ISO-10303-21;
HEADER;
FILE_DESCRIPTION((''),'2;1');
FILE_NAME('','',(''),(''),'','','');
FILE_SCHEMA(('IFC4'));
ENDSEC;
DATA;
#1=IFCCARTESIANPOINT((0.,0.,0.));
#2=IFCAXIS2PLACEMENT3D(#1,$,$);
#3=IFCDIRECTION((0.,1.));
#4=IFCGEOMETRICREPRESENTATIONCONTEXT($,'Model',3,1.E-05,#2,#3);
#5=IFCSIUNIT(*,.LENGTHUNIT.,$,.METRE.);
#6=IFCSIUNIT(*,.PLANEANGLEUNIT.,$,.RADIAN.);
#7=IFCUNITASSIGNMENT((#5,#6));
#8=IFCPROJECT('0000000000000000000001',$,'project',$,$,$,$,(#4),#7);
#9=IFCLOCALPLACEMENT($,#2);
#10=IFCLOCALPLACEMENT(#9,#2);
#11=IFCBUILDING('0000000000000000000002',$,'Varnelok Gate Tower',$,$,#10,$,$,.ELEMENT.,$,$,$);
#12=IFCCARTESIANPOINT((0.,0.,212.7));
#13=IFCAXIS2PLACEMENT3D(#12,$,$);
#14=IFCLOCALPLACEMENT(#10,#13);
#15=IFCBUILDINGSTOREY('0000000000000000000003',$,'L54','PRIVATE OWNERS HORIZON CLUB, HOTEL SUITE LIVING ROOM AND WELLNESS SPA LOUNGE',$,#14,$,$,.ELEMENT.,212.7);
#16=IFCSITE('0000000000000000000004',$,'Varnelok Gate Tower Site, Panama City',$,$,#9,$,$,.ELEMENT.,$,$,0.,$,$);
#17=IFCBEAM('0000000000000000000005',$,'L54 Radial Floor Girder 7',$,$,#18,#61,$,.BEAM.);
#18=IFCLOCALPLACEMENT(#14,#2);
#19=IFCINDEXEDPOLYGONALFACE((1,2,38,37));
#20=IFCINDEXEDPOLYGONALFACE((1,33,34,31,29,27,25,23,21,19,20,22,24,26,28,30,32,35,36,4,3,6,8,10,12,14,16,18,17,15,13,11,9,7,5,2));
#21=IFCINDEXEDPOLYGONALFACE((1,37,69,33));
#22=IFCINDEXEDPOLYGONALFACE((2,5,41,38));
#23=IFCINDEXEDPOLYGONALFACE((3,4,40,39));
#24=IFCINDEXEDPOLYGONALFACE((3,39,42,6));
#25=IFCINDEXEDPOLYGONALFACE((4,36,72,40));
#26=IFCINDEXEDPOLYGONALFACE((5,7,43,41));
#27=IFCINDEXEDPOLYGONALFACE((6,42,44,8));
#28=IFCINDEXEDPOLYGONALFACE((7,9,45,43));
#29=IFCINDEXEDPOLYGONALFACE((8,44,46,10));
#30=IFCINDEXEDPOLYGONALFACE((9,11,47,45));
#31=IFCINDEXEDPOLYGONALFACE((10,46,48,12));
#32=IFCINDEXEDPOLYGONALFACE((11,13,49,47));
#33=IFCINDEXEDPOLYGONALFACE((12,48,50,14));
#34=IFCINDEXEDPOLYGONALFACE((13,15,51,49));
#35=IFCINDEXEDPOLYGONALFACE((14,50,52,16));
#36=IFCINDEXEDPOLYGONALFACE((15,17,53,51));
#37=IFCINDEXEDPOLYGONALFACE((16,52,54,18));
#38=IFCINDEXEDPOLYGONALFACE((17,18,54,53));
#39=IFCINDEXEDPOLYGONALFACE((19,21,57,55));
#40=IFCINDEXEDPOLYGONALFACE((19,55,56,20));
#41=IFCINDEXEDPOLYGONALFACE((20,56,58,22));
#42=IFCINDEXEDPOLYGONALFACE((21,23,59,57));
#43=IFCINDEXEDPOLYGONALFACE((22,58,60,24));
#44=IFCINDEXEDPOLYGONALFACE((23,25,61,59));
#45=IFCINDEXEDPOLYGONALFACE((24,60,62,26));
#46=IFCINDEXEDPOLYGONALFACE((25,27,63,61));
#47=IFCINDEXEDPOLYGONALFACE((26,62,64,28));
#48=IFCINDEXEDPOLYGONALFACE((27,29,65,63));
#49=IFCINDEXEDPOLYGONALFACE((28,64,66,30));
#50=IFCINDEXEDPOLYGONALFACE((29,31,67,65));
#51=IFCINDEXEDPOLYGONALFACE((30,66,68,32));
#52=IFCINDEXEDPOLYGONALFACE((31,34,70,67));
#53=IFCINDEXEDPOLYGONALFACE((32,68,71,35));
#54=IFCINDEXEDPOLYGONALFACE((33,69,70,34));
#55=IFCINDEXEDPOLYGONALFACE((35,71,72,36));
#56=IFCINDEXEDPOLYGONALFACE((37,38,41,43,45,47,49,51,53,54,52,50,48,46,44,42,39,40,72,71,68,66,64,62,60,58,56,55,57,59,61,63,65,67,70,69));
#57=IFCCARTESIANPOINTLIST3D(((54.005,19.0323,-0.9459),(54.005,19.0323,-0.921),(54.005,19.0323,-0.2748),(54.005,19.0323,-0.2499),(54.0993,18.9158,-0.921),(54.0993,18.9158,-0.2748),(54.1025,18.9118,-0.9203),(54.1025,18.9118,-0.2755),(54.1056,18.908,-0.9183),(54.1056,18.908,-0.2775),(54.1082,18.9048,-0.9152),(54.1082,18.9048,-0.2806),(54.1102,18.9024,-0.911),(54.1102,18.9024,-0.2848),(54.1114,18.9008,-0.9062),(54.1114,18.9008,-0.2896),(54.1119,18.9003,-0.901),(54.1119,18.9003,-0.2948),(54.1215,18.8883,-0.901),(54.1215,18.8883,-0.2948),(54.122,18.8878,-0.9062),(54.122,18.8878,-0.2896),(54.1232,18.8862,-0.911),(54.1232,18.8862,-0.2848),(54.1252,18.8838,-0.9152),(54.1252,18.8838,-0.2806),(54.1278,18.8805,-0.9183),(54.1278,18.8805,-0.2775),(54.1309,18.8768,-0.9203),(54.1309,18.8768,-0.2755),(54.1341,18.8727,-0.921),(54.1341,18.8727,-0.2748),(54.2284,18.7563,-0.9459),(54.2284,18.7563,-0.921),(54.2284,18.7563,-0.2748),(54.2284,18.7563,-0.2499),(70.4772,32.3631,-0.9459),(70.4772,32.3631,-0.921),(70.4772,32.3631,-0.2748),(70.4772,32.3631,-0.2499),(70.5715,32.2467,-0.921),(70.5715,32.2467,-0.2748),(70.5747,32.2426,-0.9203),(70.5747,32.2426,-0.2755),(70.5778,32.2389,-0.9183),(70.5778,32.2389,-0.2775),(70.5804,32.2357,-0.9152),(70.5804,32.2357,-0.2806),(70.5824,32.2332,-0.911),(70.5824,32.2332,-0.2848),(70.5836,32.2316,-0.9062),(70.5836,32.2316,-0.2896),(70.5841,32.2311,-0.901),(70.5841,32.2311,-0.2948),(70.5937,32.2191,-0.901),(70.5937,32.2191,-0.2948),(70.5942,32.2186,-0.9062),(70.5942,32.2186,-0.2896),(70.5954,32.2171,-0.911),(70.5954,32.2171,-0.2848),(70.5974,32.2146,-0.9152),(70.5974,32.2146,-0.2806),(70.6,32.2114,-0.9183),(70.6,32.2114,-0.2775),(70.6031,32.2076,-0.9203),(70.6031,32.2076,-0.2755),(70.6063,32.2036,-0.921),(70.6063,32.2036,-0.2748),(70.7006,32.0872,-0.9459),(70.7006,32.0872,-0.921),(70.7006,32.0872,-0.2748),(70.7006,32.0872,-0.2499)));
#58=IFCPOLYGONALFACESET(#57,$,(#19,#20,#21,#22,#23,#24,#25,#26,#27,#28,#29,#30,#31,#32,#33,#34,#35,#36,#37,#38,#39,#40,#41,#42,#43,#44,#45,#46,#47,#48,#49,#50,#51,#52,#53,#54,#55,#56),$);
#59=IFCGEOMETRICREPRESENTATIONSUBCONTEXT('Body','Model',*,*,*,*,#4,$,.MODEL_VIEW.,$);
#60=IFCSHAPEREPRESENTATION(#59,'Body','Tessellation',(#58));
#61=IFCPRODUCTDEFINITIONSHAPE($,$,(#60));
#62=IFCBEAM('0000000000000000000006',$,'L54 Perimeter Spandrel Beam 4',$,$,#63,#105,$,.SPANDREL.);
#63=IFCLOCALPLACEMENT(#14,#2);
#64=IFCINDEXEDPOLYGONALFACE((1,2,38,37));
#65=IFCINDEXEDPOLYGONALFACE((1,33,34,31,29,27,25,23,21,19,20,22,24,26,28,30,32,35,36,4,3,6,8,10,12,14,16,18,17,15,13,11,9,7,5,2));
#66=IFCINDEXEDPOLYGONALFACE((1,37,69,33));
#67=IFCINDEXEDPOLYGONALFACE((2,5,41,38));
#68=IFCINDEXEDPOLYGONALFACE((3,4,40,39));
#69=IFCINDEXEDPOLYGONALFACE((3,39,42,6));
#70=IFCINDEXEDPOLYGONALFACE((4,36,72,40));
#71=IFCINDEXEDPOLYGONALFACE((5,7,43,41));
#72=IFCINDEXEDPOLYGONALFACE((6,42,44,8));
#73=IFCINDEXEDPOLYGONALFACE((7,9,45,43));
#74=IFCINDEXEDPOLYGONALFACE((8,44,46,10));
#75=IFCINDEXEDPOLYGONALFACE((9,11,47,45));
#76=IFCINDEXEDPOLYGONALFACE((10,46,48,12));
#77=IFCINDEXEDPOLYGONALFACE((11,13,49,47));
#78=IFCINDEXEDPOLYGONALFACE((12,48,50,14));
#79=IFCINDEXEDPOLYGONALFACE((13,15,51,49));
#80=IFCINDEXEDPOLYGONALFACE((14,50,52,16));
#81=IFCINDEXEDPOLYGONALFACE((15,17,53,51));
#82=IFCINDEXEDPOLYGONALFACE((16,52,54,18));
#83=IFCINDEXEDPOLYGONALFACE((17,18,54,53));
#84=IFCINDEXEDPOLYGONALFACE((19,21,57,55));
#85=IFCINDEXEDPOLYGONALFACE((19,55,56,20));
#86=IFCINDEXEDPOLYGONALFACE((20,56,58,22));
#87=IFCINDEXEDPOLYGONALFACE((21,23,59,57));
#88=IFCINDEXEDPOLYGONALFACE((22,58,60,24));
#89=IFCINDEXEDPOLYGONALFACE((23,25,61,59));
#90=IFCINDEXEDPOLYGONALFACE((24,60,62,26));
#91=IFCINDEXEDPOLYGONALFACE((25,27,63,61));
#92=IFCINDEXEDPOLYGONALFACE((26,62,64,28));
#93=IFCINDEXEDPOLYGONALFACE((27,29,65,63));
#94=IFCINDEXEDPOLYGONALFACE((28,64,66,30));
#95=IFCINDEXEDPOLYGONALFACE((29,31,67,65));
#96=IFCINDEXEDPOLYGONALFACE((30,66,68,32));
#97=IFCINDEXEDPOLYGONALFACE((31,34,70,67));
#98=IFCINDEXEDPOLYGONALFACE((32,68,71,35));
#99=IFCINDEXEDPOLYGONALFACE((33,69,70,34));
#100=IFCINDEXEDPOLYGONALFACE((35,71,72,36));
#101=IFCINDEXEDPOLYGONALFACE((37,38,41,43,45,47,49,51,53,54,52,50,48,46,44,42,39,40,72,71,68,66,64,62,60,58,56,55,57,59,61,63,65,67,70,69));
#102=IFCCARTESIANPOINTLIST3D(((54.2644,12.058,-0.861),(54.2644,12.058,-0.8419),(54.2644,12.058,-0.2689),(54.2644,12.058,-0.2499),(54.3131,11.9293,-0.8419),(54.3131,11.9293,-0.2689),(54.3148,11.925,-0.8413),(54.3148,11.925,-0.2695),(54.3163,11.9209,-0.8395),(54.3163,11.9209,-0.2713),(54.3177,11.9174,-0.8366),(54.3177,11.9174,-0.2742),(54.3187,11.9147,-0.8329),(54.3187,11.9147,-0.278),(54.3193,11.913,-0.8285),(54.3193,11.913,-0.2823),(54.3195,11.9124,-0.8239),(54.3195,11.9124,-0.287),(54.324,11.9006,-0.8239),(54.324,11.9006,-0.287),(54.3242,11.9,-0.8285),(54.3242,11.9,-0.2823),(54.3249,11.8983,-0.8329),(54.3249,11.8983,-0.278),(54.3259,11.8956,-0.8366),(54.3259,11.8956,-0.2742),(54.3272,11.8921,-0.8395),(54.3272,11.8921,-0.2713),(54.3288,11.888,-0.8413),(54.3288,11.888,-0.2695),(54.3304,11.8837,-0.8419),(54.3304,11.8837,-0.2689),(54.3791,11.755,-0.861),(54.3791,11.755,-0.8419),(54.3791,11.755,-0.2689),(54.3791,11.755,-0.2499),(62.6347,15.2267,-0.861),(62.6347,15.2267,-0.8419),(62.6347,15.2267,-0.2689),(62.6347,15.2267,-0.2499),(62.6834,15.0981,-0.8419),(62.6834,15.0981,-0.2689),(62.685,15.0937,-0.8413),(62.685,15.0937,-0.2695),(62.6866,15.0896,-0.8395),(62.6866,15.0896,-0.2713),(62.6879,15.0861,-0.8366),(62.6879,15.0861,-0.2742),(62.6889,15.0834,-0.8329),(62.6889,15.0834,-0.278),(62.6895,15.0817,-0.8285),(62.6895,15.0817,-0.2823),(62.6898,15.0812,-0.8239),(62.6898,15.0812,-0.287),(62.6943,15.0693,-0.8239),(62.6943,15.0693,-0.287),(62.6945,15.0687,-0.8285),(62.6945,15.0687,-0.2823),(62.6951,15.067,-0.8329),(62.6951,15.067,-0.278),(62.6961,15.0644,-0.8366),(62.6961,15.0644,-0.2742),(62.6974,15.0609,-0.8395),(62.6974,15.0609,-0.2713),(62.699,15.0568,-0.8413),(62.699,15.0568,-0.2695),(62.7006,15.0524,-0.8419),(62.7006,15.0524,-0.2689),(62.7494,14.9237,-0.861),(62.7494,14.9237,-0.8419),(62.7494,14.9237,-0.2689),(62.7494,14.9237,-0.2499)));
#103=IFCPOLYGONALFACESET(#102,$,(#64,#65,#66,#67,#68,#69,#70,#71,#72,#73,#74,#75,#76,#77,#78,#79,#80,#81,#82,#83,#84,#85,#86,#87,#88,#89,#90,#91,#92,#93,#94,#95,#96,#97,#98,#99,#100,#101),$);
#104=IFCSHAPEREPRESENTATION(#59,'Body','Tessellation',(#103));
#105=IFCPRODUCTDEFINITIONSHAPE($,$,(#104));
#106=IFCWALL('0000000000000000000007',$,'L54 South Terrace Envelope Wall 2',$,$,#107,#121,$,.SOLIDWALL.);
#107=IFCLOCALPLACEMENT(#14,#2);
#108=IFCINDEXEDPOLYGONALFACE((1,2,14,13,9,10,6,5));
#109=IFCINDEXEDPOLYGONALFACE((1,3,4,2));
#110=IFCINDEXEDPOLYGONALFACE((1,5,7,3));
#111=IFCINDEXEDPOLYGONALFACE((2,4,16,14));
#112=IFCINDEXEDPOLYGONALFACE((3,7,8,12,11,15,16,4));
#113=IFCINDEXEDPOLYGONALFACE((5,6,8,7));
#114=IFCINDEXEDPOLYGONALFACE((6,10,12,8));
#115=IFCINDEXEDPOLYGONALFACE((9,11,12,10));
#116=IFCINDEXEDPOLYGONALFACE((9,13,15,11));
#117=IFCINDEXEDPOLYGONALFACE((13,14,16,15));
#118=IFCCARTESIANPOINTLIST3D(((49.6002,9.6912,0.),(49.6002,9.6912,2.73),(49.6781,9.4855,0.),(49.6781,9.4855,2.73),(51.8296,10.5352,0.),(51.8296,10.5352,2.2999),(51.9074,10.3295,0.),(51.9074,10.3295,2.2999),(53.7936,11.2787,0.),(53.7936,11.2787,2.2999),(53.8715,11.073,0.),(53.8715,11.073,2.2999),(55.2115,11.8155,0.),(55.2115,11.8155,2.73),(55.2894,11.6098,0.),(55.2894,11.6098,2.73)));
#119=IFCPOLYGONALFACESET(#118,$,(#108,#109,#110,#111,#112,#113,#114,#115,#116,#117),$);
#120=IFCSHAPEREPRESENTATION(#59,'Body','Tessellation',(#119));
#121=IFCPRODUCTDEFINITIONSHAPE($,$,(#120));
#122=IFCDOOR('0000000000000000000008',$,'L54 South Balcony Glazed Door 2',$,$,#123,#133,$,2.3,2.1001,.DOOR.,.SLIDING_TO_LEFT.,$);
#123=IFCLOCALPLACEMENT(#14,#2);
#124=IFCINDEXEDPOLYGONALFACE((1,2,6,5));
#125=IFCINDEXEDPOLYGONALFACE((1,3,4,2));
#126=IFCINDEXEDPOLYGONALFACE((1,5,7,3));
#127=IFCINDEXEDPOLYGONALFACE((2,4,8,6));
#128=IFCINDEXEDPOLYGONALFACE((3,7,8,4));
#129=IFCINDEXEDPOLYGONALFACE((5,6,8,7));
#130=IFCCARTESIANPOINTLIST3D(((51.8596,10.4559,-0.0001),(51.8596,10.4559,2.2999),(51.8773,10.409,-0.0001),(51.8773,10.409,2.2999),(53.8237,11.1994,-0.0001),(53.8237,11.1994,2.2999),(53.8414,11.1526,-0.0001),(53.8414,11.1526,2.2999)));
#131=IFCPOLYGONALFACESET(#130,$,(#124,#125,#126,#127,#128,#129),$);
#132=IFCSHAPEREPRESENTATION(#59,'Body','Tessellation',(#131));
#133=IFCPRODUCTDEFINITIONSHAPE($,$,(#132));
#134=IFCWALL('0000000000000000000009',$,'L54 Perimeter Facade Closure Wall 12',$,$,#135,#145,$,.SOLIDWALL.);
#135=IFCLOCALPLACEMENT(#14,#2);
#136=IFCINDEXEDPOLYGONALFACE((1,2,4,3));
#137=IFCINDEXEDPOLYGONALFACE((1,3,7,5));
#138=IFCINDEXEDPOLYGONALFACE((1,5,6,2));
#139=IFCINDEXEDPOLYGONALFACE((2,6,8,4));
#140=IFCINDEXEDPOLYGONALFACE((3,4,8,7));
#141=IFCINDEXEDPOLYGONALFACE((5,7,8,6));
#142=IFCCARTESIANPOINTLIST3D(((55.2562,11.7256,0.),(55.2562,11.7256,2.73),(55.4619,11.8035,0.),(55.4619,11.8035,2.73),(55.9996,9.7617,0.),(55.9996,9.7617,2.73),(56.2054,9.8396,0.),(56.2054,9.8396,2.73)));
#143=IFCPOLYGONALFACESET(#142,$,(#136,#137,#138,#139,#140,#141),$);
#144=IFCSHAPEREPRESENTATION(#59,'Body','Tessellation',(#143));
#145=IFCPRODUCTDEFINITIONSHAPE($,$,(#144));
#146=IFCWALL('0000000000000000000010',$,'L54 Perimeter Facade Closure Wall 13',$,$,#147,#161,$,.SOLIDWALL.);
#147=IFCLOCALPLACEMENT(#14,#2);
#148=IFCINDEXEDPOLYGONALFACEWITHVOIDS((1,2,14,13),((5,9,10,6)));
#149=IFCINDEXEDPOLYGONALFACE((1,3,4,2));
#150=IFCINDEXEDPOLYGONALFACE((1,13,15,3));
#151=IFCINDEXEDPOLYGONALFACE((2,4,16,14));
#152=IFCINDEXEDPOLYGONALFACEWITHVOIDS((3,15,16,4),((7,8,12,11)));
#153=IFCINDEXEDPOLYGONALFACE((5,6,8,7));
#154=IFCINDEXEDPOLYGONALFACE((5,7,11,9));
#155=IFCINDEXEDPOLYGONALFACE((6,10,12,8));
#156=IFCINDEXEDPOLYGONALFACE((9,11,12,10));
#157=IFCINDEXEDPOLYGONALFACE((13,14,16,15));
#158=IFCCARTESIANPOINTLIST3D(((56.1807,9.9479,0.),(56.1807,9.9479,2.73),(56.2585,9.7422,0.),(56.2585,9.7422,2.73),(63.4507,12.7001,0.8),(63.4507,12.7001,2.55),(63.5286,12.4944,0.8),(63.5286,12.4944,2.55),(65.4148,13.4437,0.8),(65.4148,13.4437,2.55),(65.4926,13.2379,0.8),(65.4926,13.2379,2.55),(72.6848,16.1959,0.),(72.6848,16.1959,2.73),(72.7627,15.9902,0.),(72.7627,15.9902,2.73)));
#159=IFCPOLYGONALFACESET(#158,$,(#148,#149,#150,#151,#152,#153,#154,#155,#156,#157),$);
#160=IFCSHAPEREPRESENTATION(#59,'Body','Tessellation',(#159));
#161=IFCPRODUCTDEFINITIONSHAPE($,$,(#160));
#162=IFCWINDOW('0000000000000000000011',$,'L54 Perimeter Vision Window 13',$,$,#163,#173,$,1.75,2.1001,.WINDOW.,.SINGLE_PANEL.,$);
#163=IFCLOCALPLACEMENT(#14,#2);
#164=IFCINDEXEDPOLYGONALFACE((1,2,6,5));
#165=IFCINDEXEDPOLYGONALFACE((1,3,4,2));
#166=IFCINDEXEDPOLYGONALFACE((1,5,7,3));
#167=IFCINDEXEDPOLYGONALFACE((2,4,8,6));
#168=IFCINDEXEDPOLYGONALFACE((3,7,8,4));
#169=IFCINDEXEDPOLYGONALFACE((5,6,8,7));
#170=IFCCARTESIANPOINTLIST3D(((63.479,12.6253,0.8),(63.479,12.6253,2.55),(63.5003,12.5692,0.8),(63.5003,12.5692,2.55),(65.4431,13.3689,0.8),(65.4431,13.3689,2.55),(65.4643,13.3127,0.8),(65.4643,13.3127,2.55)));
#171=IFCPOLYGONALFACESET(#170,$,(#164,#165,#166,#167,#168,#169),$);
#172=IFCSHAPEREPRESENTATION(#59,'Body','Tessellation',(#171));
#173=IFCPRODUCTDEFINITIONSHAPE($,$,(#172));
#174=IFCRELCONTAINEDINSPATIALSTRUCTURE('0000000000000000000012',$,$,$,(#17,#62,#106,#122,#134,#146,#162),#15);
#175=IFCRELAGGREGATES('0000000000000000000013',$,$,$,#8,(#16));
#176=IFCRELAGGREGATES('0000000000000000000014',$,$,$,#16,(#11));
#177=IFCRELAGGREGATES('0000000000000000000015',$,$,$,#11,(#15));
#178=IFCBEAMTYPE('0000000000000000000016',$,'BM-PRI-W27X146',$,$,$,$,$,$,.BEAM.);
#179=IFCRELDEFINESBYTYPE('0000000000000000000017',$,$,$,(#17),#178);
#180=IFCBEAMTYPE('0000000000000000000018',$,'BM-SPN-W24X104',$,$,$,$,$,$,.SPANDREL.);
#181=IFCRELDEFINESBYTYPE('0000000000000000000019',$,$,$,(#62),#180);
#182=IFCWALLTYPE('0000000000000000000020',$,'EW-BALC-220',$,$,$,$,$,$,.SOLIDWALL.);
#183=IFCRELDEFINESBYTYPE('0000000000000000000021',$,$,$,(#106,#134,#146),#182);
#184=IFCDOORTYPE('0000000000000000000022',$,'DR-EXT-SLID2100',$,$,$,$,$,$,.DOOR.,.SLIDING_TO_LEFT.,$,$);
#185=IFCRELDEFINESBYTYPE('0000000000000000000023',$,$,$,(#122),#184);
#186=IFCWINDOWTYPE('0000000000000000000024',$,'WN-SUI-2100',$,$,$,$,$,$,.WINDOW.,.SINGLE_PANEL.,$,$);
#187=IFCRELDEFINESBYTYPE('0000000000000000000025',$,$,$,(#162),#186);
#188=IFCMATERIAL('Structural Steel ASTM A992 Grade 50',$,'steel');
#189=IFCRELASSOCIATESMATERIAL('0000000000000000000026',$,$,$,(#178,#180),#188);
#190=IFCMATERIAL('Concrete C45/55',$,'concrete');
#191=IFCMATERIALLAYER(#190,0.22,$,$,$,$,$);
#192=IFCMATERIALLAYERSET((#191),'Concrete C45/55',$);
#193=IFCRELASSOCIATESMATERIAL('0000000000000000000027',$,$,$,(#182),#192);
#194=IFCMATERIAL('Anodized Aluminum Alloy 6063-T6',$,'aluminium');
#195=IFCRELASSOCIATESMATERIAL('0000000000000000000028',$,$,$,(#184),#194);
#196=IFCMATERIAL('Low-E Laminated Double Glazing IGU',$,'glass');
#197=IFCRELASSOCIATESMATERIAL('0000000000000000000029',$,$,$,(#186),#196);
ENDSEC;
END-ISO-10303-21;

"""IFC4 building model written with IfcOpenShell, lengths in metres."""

from ifc_helpers import new_model, si_unit, direction, frame, frame_2d, origin, origin_2d, place, context, subcontext, project, spatial, rectangle, i_section, extrude, material, layer, layer_set, material_profile, profile_set, type_object, element, fill, save


model = new_model("IFC4")

# Units and contexts
model_context = context("Model", 3, precision=1e-05, world=origin(), true_north=direction((0.0, 1.0)))
body_context = subcontext(model_context, "Body", "Model", "MODEL_VIEW")
ifc_project = project(units=[si_unit("LENGTHUNIT", "METRE"), si_unit("PLANEANGLEUNIT", "RADIAN")], contexts=[model_context])

# Site, building, storey
site_placement = place(None, origin())
site = spatial("IfcSite", under=ifc_project, at=site_placement, Name="Varnelok Gate Tower Site, Panama City", CompositionType="ELEMENT", RefElevation=0.0)
building_placement = place(site_placement, origin())
building = spatial("IfcBuilding", under=site, at=building_placement, Name="Varnelok Gate Tower", CompositionType="ELEMENT")
storey_placement = place(building_placement, frame((0.0, 0.0, 212.7)))
storey = spatial("IfcBuildingStorey", under=building, at=storey_placement, Name="L54", Description="PRIVATE OWNERS HORIZON CLUB, HOTEL SUITE LIVING ROOM AND WELLNESS SPA LOUNGE", CompositionType="ELEMENT", Elevation=212.7)

# Shared definitions
ifc_material_1 = material(Name="Structural Steel ASTM A992 Grade 50", Category="steel")

# Beams
ifc_material_profile_1 = material_profile(ifc_material_1, i_section(OverallWidth=0.355, OverallDepth=0.696, WebThickness=0.0154, FlangeThickness=0.0249, FilletRadius=0.02, at=origin_2d()), Name="W27X146")
ifc_profile_set_1 = profile_set([ifc_material_profile_1], Name="Structural Steel ASTM A992 Grade 50")
beam_type_1 = type_object("IfcBeamType", Name="BM-PRI-W27X146", PredefinedType="BEAM", material=ifc_profile_set_1)
beam_1_placement = place(storey_placement, frame((54.1167, 18.8943, -0.5979), z_axis=(0.777333, 0.62909, 0.0), x_axis=(-0.62909, 0.777333, 0.0)))
element("IfcBeam", 1, at=beam_1_placement, inside=storey, type_object=beam_type_1, Name="L54 Radial Floor Girder 7", PredefinedType="BEAM", context=body_context, shape_type="SweptSolid", body=[
    extrude(i_section(OverallWidth=0.355, OverallDepth=0.696, WebThickness=0.0154, FlangeThickness=0.0249, FilletRadius=0.02, at=origin_2d()), origin(), (0.0, 0.0, 1.0), 21.1907),
])
ifc_material_profile_2 = material_profile(ifc_material_1, i_section(OverallWidth=0.324, OverallDepth=0.6111, WebThickness=0.0127, FlangeThickness=0.019, FilletRadius=0.0181, at=origin_2d()), Name="W24X104")
ifc_profile_set_2 = profile_set([ifc_material_profile_2], Name="Structural Steel ASTM A992 Grade 50")
beam_type_2 = type_object("IfcBeamType", Name="BM-SPN-W24X104", PredefinedType="SPANDREL", material=ifc_profile_set_2)
beam_2_placement = place(storey_placement, frame((54.3218, 11.9065, -0.5554), z_axis=(0.935226, 0.354051, 0.0), x_axis=(-0.354051, 0.935226, 0.0)))
element("IfcBeam", 2, at=beam_2_placement, inside=storey, type_object=beam_type_2, Name="L54 Perimeter Spandrel Beam 4", PredefinedType="SPANDREL", context=body_context, shape_type="SweptSolid", body=[
    extrude(i_section(OverallWidth=0.324, OverallDepth=0.6111, WebThickness=0.0127, FlangeThickness=0.019, FilletRadius=0.0181, at=origin_2d()), origin(), (0.0, 0.0, 1.0), 8.95),
])

# Wall, opening, door
ifc_material_2 = material(Name="Concrete C45/55", Category="concrete")
ifc_layer_1 = layer(ifc_material_2, 0.22)
ifc_layer_set_1 = layer_set([ifc_layer_1], Name="Concrete C45/55")
wall_type_1 = type_object("IfcWallType", Name="EW-BALC-220", PredefinedType="SOLIDWALL", material=ifc_layer_set_1)
wall_1_placement = place(storey_placement, frame((55.2505, 11.7126, 0.0), z_axis=(0.0, 0.0, 1.0), x_axis=(-0.935228, -0.354047, 0.0)))
wall_1 = element("IfcWall", 3, at=wall_1_placement, inside=storey, type_object=wall_type_1, Name="L54 South Terrace Envelope Wall 2", PredefinedType="SOLIDWALL", context=body_context, shape_type="SweptSolid", body=[
    extrude(rectangle(XDim=6.0, YDim=0.22, at=frame_2d((3.0, 0.0))), origin(), (0.0, 0.0, 1.0), 2.73),
])
opening_1_placement = place(wall_1_placement, frame((1.5161, 0.0, 0.0)))
opening_1 = element("IfcOpeningElement", 4, at=opening_1_placement, cuts=wall_1, PredefinedType="OPENING", context=body_context, shape_type="SweptSolid", body=[
    extrude(rectangle(XDim=2.1001, YDim=2.3, at=frame_2d((1.05, 1.1499))), frame((0.0, 0.1199, 0.0), z_axis=(0.0, -1.0, 0.0), x_axis=(1.0, 0.0, 0.0)), (0.0, 0.0, 1.0), 0.24),
])
ifc_material_3 = material(Name="Anodized Aluminum Alloy 6063-T6", Category="aluminium")
door_type_1 = type_object("IfcDoorType", Name="DR-EXT-SLID2100", OperationType="SLIDING_TO_LEFT", PredefinedType="DOOR", material=ifc_material_3)
door_1_placement = place(opening_1_placement, origin())
door_1 = element("IfcDoor", 5, at=door_1_placement, inside=storey, type_object=door_type_1, Name="L54 South Balcony Glazed Door 2", OperationType="SLIDING_TO_LEFT", OverallHeight=2.3, OverallWidth=2.1001, PredefinedType="DOOR", context=body_context, shape_type="SweptSolid", body=[
    extrude(rectangle(XDim=2.1001, YDim=2.3, at=frame_2d((1.05, 1.1499))), frame((0.0, 0.0249, 0.0), z_axis=(0.0, -1.0, 0.0), x_axis=(1.0, 0.0, 0.0)), (0.0, 0.0, 1.0), 0.05),
])
fill(opening_1, door_1)

# Wall
wall_2_placement = place(storey_placement, frame((55.3591, 11.7644, 0.0), z_axis=(0.0, 0.0, 1.0), x_axis=(0.354027, -0.935235, 0.0)))
element("IfcWall", 6, at=wall_2_placement, inside=storey, type_object=wall_type_1, Name="L54 Perimeter Facade Closure Wall 12", PredefinedType="SOLIDWALL", context=body_context, shape_type="SweptSolid", body=[
    extrude(rectangle(XDim=2.0999, YDim=0.22, at=frame_2d((1.0498, 0.0))), origin(), (0.0, 0.0, 1.0), 2.73),
])

# Wall, opening, window
wall_3_placement = place(storey_placement, frame((56.2195, 9.845, 0.0), z_axis=(0.0, 0.0, 1.0), x_axis=(0.935226, 0.354052, 0.0)))
wall_3 = element("IfcWall", 7, at=wall_3_placement, inside=storey, type_object=wall_type_1, Name="L54 Perimeter Facade Closure Wall 13", PredefinedType="SOLIDWALL", context=body_context, shape_type="SweptSolid", body=[
    extrude(rectangle(XDim=17.6472, YDim=0.22, at=frame_2d((8.8237, 0.0))), origin(), (0.0, 0.0, 1.0), 2.73),
])
opening_2_placement = place(wall_3_placement, frame((7.7737, 0.0, 0.8)))
opening_2 = element("IfcOpeningElement", 8, at=opening_2_placement, cuts=wall_3, PredefinedType="OPENING", context=body_context, shape_type="SweptSolid", body=[
    extrude(rectangle(XDim=2.1001, YDim=1.75, at=frame_2d((1.05, 0.875))), frame((0.0, 0.1199, 0.0), z_axis=(0.0, -1.0, 0.0), x_axis=(1.0, 0.0, 0.0)), (0.0, 0.0, 1.0), 0.24),
])
ifc_material_4 = material(Name="Low-E Laminated Double Glazing IGU", Category="glass")
window_type = type_object("IfcWindowType", Name="WN-SUI-2100", PartitioningType="SINGLE_PANEL", PredefinedType="WINDOW", material=ifc_material_4)
window_placement = place(opening_2_placement, origin())
window = element("IfcWindow", 9, at=window_placement, inside=storey, type_object=window_type, Name="L54 Perimeter Vision Window 13", OverallHeight=1.75, OverallWidth=2.1001, PartitioningType="SINGLE_PANEL", PredefinedType="WINDOW", context=body_context, shape_type="SweptSolid", body=[
    extrude(rectangle(XDim=2.1001, YDim=1.75, at=frame_2d((1.05, 0.875))), frame((0.0, 0.03, 0.0), z_axis=(0.0, -1.0, 0.0), x_axis=(1.0, 0.0, 0.0)), (0.0, 0.0, 1.0), 0.0601),
])
fill(opening_2, window)

save(model, "model.ifc")
